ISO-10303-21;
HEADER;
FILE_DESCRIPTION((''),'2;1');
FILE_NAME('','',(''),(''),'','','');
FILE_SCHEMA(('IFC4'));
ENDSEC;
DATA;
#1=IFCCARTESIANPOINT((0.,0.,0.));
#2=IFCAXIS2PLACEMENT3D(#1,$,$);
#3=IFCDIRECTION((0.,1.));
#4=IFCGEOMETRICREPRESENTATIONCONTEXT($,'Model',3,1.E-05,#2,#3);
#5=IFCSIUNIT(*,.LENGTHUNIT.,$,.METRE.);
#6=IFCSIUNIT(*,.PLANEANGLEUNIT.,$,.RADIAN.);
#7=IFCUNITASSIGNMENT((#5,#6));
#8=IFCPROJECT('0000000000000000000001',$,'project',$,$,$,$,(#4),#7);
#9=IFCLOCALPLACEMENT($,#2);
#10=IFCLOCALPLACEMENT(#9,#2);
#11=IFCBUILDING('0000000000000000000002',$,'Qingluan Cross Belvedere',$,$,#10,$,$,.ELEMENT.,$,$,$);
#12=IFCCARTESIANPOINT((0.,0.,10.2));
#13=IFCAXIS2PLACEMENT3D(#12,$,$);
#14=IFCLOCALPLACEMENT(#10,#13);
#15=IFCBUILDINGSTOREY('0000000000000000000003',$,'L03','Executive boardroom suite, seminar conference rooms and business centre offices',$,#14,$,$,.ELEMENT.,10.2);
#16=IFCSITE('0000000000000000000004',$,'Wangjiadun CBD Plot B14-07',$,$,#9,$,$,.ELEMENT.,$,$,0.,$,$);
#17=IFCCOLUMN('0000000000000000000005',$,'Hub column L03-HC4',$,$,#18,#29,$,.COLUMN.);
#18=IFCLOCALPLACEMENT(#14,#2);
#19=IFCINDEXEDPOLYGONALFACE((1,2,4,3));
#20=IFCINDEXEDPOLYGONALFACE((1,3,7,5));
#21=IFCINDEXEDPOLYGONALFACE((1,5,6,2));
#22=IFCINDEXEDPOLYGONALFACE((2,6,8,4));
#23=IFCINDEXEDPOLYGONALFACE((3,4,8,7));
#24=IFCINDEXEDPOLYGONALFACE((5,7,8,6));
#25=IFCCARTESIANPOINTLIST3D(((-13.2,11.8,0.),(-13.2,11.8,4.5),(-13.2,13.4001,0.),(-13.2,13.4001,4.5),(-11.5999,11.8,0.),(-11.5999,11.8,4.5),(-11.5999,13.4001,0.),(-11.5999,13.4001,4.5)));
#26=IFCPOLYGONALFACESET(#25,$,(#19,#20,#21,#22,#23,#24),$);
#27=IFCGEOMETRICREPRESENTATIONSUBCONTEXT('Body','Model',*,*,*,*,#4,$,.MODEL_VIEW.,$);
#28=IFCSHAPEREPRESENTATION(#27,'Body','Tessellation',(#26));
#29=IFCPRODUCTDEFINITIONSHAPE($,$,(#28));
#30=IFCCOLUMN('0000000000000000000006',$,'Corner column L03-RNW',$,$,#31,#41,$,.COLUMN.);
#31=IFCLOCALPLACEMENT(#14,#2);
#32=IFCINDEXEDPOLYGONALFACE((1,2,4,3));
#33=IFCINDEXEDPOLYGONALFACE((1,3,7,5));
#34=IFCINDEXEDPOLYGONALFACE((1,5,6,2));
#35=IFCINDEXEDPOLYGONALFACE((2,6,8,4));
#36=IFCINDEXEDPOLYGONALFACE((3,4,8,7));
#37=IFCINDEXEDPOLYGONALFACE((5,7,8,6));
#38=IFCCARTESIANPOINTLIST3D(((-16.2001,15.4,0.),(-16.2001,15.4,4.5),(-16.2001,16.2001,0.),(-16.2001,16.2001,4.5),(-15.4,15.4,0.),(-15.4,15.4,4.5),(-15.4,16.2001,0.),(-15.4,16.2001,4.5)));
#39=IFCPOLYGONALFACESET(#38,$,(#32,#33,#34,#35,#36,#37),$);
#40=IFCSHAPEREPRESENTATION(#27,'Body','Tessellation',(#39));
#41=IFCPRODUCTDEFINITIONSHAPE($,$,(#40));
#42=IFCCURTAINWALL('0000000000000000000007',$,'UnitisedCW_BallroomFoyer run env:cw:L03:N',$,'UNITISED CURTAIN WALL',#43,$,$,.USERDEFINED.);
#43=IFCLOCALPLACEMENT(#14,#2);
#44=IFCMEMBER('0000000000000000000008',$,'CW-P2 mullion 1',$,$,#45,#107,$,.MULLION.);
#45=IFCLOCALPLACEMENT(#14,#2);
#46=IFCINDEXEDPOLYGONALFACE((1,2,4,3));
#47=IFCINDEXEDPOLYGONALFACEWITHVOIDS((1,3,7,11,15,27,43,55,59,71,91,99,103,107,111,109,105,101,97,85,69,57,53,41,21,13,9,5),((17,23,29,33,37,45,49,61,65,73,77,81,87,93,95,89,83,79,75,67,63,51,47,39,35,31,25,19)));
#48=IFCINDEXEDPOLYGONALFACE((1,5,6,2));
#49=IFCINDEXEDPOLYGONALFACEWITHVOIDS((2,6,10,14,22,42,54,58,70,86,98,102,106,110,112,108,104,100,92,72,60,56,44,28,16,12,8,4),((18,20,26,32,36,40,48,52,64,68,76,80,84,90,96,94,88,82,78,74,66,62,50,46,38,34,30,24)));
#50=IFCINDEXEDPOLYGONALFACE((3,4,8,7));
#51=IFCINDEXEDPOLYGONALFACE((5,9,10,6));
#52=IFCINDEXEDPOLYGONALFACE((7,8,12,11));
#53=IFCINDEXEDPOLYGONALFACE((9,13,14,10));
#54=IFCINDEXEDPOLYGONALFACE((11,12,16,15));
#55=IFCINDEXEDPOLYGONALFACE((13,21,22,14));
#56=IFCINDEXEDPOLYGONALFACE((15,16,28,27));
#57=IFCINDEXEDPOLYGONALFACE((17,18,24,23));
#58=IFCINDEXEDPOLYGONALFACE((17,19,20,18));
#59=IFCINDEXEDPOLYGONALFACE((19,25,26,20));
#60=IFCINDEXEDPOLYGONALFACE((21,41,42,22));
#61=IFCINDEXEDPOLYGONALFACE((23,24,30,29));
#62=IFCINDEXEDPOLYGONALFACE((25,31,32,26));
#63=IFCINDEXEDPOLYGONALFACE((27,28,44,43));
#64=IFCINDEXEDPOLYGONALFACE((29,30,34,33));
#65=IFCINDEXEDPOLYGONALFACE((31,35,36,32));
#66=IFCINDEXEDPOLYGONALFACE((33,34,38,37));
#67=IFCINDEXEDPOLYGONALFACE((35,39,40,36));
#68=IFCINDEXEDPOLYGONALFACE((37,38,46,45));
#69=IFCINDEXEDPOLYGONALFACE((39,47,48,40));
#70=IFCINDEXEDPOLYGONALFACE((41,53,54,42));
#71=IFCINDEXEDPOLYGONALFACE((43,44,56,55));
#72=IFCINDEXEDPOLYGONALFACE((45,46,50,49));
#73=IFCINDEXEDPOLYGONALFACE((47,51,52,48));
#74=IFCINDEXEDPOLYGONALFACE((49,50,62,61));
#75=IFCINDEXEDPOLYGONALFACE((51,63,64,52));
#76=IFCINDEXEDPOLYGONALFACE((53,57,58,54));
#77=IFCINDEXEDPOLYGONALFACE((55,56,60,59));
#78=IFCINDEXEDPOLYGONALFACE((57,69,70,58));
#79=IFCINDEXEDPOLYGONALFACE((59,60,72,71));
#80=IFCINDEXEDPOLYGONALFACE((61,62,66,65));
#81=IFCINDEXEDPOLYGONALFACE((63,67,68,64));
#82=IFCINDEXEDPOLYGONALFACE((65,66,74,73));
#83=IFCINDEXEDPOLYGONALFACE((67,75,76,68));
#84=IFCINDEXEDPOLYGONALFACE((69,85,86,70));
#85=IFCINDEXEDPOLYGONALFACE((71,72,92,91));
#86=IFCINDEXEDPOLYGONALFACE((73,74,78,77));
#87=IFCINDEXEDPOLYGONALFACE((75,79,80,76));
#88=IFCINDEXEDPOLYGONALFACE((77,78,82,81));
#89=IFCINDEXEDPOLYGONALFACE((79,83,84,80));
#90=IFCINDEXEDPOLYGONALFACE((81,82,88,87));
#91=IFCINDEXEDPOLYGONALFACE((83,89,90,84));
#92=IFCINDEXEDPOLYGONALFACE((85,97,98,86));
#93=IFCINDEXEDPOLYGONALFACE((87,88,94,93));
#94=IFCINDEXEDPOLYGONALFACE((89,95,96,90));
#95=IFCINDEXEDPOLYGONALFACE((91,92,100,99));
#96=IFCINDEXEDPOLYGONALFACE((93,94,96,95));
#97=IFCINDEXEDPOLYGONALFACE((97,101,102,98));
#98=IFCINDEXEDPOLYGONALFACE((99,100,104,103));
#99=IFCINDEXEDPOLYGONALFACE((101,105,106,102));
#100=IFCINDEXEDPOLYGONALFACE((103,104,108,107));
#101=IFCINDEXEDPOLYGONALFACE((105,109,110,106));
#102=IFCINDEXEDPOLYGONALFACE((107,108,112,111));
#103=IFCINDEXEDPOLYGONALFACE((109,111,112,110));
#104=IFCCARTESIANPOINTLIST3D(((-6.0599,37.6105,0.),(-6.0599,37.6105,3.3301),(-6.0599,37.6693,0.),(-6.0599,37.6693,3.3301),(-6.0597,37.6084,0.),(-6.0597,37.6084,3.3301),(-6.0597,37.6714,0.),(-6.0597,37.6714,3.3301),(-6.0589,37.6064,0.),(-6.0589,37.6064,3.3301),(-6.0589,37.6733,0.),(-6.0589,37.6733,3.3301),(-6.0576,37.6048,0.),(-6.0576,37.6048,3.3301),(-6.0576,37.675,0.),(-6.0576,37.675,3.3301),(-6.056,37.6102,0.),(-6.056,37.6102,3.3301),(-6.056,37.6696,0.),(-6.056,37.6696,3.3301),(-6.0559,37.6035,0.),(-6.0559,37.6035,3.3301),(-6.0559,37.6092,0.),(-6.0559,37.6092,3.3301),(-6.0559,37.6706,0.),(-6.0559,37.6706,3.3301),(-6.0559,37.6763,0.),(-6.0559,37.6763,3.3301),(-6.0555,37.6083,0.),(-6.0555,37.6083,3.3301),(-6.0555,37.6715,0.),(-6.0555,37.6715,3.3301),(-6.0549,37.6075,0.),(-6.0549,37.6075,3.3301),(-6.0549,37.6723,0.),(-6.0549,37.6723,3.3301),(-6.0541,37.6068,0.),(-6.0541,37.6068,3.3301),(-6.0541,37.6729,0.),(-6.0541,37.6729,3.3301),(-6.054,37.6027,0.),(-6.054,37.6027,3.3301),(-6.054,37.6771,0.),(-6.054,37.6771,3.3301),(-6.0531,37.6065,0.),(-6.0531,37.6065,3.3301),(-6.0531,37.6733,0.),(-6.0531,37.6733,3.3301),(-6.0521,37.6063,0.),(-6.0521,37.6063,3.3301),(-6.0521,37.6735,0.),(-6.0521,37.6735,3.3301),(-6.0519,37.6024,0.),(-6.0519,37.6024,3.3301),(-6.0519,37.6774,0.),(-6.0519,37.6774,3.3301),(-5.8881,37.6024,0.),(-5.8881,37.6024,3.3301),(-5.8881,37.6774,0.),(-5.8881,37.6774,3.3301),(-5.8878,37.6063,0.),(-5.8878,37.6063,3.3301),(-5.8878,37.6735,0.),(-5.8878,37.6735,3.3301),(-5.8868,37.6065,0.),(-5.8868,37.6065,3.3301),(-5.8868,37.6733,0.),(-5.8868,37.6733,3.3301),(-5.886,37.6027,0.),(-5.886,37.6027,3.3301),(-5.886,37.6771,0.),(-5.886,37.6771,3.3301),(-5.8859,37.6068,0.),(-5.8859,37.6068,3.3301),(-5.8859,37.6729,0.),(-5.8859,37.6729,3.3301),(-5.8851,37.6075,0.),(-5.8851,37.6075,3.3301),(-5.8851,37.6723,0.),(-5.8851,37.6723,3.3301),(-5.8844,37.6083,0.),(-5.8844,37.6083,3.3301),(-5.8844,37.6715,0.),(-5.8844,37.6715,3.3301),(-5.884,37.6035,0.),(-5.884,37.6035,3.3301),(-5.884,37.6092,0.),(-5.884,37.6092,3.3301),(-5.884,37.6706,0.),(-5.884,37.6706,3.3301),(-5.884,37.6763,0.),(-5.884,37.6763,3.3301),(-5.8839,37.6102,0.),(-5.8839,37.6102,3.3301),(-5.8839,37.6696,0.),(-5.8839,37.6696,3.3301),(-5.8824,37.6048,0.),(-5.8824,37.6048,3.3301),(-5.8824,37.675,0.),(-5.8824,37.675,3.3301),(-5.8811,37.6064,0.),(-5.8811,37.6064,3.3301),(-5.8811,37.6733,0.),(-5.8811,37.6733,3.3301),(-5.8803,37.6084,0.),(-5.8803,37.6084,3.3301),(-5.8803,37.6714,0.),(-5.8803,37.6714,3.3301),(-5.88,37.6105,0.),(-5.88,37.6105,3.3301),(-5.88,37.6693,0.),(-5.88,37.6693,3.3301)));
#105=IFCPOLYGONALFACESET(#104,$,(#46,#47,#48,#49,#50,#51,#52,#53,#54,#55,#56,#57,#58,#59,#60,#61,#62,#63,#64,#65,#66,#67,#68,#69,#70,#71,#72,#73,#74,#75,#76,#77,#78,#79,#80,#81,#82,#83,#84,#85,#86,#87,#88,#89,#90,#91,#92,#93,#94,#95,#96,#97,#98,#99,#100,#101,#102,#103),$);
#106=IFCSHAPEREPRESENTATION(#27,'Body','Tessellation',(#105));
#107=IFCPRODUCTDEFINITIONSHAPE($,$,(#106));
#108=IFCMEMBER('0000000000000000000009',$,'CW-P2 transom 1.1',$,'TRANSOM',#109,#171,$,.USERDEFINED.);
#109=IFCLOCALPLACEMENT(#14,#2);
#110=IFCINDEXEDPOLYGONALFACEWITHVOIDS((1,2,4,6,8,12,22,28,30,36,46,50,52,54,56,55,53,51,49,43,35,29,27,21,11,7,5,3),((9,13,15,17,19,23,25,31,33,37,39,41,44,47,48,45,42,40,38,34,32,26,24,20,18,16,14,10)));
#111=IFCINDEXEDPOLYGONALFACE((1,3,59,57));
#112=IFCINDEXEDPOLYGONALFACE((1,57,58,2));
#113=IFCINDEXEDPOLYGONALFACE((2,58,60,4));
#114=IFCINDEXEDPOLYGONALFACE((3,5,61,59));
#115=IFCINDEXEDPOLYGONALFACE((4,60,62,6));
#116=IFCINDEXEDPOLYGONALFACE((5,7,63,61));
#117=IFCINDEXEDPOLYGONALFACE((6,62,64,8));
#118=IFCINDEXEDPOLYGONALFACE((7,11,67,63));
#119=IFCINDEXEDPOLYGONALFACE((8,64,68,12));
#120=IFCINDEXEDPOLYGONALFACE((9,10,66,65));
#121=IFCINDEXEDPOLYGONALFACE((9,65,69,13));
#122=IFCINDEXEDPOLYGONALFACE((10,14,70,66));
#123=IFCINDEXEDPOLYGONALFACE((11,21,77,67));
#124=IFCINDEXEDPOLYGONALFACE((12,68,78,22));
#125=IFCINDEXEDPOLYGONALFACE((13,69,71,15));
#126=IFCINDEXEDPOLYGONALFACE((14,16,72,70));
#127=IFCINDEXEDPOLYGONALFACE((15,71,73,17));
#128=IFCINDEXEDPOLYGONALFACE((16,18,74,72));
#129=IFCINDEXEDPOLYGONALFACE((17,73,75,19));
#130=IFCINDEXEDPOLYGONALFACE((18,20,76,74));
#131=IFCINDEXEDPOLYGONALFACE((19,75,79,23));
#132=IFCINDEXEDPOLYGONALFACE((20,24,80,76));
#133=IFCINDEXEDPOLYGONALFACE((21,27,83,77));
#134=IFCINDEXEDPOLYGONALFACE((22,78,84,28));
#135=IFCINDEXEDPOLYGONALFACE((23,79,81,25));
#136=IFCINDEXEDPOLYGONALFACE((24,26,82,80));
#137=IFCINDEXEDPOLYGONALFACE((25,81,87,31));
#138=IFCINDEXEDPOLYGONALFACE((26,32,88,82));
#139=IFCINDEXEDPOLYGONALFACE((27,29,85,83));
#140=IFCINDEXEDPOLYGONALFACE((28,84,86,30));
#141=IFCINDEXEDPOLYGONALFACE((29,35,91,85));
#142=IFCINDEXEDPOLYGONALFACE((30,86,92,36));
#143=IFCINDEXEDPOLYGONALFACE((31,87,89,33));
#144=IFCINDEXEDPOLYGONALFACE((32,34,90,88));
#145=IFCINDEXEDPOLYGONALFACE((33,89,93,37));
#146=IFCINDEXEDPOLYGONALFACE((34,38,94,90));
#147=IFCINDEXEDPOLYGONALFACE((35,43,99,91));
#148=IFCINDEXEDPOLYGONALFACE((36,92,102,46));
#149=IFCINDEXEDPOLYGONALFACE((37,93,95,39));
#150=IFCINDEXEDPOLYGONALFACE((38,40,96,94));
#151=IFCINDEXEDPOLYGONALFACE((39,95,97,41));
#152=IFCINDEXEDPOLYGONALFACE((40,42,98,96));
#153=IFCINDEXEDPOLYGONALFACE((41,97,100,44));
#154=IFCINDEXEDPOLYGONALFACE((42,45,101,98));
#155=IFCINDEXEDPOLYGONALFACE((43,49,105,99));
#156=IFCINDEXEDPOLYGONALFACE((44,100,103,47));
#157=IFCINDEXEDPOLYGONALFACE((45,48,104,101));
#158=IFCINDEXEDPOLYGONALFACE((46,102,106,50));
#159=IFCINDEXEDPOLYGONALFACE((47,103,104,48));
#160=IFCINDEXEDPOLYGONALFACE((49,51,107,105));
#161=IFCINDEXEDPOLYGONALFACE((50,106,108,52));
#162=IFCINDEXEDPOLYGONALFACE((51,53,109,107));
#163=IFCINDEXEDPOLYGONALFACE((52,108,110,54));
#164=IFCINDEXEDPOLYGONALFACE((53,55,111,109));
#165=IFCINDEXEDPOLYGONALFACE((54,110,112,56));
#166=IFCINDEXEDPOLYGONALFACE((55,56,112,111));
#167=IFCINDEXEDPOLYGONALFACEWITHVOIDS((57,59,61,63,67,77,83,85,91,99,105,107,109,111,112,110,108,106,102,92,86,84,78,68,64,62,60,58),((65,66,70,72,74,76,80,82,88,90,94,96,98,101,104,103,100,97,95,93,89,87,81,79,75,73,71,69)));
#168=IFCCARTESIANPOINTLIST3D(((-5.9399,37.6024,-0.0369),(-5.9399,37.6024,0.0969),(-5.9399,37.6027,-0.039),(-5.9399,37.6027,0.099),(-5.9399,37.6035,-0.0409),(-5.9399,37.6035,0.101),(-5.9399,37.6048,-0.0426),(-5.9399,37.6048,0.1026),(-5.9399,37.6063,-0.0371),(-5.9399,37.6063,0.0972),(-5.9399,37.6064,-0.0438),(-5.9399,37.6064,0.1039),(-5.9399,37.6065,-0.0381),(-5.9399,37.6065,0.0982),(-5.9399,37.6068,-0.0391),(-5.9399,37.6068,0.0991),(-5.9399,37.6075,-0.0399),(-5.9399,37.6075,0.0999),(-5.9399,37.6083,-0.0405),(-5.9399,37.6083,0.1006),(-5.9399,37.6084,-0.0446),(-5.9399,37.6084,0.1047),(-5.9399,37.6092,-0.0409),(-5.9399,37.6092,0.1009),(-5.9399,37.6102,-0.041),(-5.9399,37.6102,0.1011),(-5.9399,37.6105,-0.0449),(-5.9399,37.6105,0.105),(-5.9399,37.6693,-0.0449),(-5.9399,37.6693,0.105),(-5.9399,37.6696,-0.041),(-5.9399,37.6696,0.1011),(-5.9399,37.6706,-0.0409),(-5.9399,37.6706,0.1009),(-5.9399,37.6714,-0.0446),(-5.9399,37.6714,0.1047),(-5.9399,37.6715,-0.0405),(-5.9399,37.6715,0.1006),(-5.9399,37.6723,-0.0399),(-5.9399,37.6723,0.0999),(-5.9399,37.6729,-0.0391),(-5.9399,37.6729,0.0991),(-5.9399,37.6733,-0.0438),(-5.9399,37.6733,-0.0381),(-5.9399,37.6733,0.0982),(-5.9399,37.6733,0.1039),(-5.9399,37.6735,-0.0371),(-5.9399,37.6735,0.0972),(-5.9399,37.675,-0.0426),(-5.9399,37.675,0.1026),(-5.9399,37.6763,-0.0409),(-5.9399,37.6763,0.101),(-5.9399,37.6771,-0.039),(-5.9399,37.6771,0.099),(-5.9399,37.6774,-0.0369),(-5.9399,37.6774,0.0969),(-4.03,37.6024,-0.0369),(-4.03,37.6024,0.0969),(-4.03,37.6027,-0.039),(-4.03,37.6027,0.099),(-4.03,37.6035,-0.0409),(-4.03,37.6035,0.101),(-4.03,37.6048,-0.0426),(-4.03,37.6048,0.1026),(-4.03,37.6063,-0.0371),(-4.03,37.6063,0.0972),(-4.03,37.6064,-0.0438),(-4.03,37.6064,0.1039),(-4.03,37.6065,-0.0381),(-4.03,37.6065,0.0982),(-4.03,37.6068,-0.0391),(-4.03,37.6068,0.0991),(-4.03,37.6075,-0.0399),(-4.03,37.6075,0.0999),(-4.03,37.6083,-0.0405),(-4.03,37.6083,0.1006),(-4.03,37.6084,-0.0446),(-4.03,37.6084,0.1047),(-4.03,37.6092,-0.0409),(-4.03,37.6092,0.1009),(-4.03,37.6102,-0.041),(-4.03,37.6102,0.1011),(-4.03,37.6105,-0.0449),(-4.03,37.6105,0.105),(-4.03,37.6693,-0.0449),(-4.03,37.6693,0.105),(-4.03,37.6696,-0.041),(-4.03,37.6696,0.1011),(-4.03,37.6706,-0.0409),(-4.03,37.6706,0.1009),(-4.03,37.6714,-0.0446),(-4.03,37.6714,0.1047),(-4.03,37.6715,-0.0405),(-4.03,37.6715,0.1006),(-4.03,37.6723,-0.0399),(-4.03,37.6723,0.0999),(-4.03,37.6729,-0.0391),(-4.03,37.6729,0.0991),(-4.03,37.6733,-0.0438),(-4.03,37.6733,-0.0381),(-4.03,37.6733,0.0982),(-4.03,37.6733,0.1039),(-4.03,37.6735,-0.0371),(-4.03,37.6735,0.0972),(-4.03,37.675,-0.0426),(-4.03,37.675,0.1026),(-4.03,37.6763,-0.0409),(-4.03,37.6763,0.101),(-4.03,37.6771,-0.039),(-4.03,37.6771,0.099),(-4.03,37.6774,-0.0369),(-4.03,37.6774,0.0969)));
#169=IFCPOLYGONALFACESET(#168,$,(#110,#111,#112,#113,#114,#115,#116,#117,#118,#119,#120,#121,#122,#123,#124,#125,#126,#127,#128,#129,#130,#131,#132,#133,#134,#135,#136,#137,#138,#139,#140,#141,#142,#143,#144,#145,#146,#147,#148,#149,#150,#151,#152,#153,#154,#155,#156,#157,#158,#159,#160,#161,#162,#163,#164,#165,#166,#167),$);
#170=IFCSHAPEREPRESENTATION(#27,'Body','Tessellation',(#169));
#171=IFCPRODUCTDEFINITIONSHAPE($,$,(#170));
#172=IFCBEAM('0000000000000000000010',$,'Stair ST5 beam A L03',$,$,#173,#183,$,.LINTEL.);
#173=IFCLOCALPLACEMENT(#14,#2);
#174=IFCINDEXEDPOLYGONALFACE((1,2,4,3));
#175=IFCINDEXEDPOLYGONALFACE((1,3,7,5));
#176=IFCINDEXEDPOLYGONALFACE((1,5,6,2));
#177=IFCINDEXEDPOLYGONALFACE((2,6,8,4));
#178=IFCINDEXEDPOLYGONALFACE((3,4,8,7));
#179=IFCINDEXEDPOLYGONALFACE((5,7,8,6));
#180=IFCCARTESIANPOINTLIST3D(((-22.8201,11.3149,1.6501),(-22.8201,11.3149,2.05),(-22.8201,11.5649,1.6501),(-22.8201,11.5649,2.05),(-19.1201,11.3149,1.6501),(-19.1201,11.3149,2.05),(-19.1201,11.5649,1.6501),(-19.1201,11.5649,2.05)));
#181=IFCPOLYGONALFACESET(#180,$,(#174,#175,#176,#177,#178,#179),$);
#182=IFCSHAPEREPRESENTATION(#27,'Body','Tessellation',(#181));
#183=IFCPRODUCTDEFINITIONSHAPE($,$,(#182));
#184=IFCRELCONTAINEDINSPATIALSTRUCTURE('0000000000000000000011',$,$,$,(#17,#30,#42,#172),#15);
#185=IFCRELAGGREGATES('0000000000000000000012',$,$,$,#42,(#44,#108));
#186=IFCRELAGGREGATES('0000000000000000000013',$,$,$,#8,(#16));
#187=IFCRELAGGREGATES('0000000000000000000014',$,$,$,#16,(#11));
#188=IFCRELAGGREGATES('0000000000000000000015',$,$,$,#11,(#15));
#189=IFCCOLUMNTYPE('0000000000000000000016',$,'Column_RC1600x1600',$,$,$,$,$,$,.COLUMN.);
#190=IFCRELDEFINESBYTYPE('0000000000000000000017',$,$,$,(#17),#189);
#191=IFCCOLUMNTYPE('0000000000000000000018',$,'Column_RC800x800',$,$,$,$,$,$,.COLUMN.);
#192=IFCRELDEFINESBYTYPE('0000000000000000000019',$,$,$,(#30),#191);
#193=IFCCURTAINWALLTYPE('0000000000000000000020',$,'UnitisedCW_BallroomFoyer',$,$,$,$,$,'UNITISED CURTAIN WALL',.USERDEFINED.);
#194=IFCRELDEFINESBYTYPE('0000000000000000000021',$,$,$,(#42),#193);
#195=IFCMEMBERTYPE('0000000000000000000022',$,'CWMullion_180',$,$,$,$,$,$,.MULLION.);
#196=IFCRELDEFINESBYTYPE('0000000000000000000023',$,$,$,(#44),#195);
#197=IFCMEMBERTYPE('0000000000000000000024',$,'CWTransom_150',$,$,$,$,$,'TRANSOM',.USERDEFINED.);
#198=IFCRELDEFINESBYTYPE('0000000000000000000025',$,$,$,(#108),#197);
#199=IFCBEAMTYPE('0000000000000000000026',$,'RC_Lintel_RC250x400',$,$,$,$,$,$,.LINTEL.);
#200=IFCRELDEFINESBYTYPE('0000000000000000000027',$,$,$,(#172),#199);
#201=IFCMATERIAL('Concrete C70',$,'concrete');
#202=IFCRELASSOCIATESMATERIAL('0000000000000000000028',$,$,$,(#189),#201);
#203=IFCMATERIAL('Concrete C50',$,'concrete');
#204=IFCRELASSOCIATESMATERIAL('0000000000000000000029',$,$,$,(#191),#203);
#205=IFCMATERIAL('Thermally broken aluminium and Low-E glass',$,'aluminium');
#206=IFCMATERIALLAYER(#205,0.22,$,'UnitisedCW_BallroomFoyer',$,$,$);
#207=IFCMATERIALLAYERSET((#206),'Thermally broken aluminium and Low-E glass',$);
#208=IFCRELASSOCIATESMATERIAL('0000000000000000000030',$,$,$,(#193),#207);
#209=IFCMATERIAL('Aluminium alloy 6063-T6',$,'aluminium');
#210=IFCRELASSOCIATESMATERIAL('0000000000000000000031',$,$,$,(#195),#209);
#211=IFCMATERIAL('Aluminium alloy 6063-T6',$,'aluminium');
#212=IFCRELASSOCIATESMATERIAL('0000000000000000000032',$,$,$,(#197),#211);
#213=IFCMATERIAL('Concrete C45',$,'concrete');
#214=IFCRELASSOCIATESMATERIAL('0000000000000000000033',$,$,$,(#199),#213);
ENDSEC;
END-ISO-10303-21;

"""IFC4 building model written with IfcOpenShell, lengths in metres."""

from ifc_helpers import new_model, si_unit, direction, frame, origin, origin_2d, place, context, subcontext, project, spatial, rectangle, hollow_rectangle, extrude, material, layer, layer_set, material_profile, profile_set, type_object, element, aggregate, save


model = new_model("IFC4")

# Units and contexts
model_context = context("Model", 3, precision=1e-05, world=origin(), true_north=direction((0.0, 1.0)))
body_context = subcontext(model_context, "Body", "Model", "MODEL_VIEW")
ifc_project = project(units=[si_unit("LENGTHUNIT", "METRE"), si_unit("PLANEANGLEUNIT", "RADIAN")], contexts=[model_context])

# Site, building, storey
site_placement = place(None, origin())
site = spatial("IfcSite", under=ifc_project, at=site_placement, Name="Wangjiadun CBD Plot B14-07", CompositionType="ELEMENT", RefElevation=0.0)
building_placement = place(site_placement, origin())
building = spatial("IfcBuilding", under=site, at=building_placement, Name="Qingluan Cross Belvedere", CompositionType="ELEMENT")
storey_placement = place(building_placement, frame((0.0, 0.0, 10.2)))
storey = spatial("IfcBuildingStorey", under=building, at=storey_placement, Name="L03", Description="Executive boardroom suite, seminar conference rooms and business centre offices", CompositionType="ELEMENT", Elevation=10.2)

# Columns
ifc_material_1 = material(Name="Concrete C70", Category="concrete")
ifc_material_profile_1 = material_profile(ifc_material_1, rectangle(XDim=1.6001, YDim=1.6001, at=origin_2d()), Name="RC1600x1600")
ifc_profile_set_1 = profile_set([ifc_material_profile_1], Name="Concrete C70")
column_type_1 = type_object("IfcColumnType", Name="Column_RC1600x1600", PredefinedType="COLUMN", material=ifc_profile_set_1)
column_1_placement = place(storey_placement, frame((-12.3999, 12.6001, 0.0), z_axis=(0.0, 0.0, 1.0), x_axis=(1.0, 0.0, 0.0)))
element("IfcColumn", 1, at=column_1_placement, inside=storey, type_object=column_type_1, Name="Hub column L03-HC4", PredefinedType="COLUMN", context=body_context, shape_type="SweptSolid", body=[
    extrude(rectangle(XDim=1.6001, YDim=1.6001, at=origin_2d()), origin(), (0.0, 0.0, 1.0), 4.5),
])
ifc_material_2 = material(Name="Concrete C50", Category="concrete")
ifc_material_profile_2 = material_profile(ifc_material_2, rectangle(XDim=0.8, YDim=0.8, at=origin_2d()), Name="RC800x800")
ifc_profile_set_2 = profile_set([ifc_material_profile_2], Name="Concrete C50")
column_type_2 = type_object("IfcColumnType", Name="Column_RC800x800", PredefinedType="COLUMN", material=ifc_profile_set_2)
column_2_placement = place(storey_placement, frame((-15.8, 15.8, 0.0), z_axis=(0.0, 0.0, 1.0), x_axis=(1.0, 0.0, 0.0)))
element("IfcColumn", 2, at=column_2_placement, inside=storey, type_object=column_type_2, Name="Corner column L03-RNW", PredefinedType="COLUMN", context=body_context, shape_type="SweptSolid", body=[
    extrude(rectangle(XDim=0.8, YDim=0.8, at=origin_2d()), origin(), (0.0, 0.0, 1.0), 4.5),
])

# Curtain wall, members
ifc_material_3 = material(Name="Thermally broken aluminium and Low-E glass", Category="aluminium")
ifc_layer_1 = layer(ifc_material_3, 0.22, Name="UnitisedCW_BallroomFoyer")
ifc_layer_set_1 = layer_set([ifc_layer_1], Name="Thermally broken aluminium and Low-E glass")
curtain_wall_type = type_object("IfcCurtainWallType", Name="UnitisedCW_BallroomFoyer", ElementType="UNITISED CURTAIN WALL", PredefinedType="USERDEFINED", material=ifc_layer_set_1)
curtain_wall_placement = place(storey_placement, origin())
curtain_wall = element("IfcCurtainWall", 3, at=curtain_wall_placement, inside=storey, type_object=curtain_wall_type, Name="UnitisedCW_BallroomFoyer run env:cw:L03:N", ObjectType="UNITISED CURTAIN WALL", PredefinedType="USERDEFINED")
ifc_material_4 = material(Name="Aluminium alloy 6063-T6", Category="aluminium")
ifc_material_profile_3 = material_profile(ifc_material_4, hollow_rectangle(XDim=0.075, YDim=0.1799, WallThickness=0.0039, InnerFilletRadius=0.0039, OuterFilletRadius=0.0081, at=origin_2d()), Name="CWM180x75x4")
ifc_profile_set_3 = profile_set([ifc_material_profile_3], Name="Aluminium alloy 6063-T6")
member_type_1 = type_object("IfcMemberType", Name="CWMullion_180", PredefinedType="MULLION", material=ifc_profile_set_3)
member_1_placement = place(storey_placement, frame((-5.97, 37.6399, 0.0), z_axis=(0.0, 0.0, 1.0), x_axis=(0.0, 1.0, 0.0)))
member_1 = element("IfcMember", 4, at=member_1_placement, type_object=member_type_1, Name="CW-P2 mullion 1", PredefinedType="MULLION", context=body_context, shape_type="SweptSolid", body=[
    extrude(hollow_rectangle(XDim=0.075, YDim=0.1799, WallThickness=0.0039, InnerFilletRadius=0.0039, OuterFilletRadius=0.0081, at=origin_2d()), origin(), (0.0, 0.0, 1.0), 3.3301),
])
ifc_material_5 = material(Name="Aluminium alloy 6063-T6", Category="aluminium")
ifc_material_profile_4 = material_profile(ifc_material_5, hollow_rectangle(XDim=0.075, YDim=0.1499, WallThickness=0.0039, InnerFilletRadius=0.0039, OuterFilletRadius=0.0081, at=origin_2d()), Name="CWT150x75x4")
ifc_profile_set_4 = profile_set([ifc_material_profile_4], Name="Aluminium alloy 6063-T6")
member_type_2 = type_object("IfcMemberType", Name="CWTransom_150", ElementType="TRANSOM", PredefinedType="USERDEFINED", material=ifc_profile_set_4)
member_2_placement = place(storey_placement, frame((-5.9399, 37.6399, 0.03), z_axis=(1.0, 0.0, 0.0), x_axis=(0.0, 1.0, 0.0)))
member_2 = element("IfcMember", 5, at=member_2_placement, type_object=member_type_2, Name="CW-P2 transom 1.1", ObjectType="TRANSOM", PredefinedType="USERDEFINED", context=body_context, shape_type="SweptSolid", body=[
    extrude(hollow_rectangle(XDim=0.075, YDim=0.1499, WallThickness=0.0039, InnerFilletRadius=0.0039, OuterFilletRadius=0.0081, at=origin_2d()), origin(), (0.0, 0.0, 1.0), 1.9099),
])
aggregate(curtain_wall, [member_1, member_2])

# Beam
ifc_material_6 = material(Name="Concrete C45", Category="concrete")
ifc_material_profile_5 = material_profile(ifc_material_6, rectangle(XDim=0.25, YDim=0.3999, at=origin_2d()), Name="RC250x400")
ifc_profile_set_5 = profile_set([ifc_material_profile_5], Name="Concrete C45")
beam_type_1 = type_object("IfcBeamType", Name="RC_Lintel_RC250x400", PredefinedType="LINTEL", material=ifc_profile_set_5)
beam_1_placement = place(storey_placement, frame((-22.8201, 11.4399, 1.8501), z_axis=(1.0, 0.0, 0.0), x_axis=(0.0, 1.0, 0.0)))
element("IfcBeam", 6, at=beam_1_placement, inside=storey, type_object=beam_type_1, Name="Stair ST5 beam A L03", PredefinedType="LINTEL", context=body_context, shape_type="SweptSolid", body=[
    extrude(rectangle(XDim=0.25, YDim=0.3999, at=origin_2d()), origin(), (0.0, 0.0, 1.0), 3.7),
])

save(model, "model.ifc")
